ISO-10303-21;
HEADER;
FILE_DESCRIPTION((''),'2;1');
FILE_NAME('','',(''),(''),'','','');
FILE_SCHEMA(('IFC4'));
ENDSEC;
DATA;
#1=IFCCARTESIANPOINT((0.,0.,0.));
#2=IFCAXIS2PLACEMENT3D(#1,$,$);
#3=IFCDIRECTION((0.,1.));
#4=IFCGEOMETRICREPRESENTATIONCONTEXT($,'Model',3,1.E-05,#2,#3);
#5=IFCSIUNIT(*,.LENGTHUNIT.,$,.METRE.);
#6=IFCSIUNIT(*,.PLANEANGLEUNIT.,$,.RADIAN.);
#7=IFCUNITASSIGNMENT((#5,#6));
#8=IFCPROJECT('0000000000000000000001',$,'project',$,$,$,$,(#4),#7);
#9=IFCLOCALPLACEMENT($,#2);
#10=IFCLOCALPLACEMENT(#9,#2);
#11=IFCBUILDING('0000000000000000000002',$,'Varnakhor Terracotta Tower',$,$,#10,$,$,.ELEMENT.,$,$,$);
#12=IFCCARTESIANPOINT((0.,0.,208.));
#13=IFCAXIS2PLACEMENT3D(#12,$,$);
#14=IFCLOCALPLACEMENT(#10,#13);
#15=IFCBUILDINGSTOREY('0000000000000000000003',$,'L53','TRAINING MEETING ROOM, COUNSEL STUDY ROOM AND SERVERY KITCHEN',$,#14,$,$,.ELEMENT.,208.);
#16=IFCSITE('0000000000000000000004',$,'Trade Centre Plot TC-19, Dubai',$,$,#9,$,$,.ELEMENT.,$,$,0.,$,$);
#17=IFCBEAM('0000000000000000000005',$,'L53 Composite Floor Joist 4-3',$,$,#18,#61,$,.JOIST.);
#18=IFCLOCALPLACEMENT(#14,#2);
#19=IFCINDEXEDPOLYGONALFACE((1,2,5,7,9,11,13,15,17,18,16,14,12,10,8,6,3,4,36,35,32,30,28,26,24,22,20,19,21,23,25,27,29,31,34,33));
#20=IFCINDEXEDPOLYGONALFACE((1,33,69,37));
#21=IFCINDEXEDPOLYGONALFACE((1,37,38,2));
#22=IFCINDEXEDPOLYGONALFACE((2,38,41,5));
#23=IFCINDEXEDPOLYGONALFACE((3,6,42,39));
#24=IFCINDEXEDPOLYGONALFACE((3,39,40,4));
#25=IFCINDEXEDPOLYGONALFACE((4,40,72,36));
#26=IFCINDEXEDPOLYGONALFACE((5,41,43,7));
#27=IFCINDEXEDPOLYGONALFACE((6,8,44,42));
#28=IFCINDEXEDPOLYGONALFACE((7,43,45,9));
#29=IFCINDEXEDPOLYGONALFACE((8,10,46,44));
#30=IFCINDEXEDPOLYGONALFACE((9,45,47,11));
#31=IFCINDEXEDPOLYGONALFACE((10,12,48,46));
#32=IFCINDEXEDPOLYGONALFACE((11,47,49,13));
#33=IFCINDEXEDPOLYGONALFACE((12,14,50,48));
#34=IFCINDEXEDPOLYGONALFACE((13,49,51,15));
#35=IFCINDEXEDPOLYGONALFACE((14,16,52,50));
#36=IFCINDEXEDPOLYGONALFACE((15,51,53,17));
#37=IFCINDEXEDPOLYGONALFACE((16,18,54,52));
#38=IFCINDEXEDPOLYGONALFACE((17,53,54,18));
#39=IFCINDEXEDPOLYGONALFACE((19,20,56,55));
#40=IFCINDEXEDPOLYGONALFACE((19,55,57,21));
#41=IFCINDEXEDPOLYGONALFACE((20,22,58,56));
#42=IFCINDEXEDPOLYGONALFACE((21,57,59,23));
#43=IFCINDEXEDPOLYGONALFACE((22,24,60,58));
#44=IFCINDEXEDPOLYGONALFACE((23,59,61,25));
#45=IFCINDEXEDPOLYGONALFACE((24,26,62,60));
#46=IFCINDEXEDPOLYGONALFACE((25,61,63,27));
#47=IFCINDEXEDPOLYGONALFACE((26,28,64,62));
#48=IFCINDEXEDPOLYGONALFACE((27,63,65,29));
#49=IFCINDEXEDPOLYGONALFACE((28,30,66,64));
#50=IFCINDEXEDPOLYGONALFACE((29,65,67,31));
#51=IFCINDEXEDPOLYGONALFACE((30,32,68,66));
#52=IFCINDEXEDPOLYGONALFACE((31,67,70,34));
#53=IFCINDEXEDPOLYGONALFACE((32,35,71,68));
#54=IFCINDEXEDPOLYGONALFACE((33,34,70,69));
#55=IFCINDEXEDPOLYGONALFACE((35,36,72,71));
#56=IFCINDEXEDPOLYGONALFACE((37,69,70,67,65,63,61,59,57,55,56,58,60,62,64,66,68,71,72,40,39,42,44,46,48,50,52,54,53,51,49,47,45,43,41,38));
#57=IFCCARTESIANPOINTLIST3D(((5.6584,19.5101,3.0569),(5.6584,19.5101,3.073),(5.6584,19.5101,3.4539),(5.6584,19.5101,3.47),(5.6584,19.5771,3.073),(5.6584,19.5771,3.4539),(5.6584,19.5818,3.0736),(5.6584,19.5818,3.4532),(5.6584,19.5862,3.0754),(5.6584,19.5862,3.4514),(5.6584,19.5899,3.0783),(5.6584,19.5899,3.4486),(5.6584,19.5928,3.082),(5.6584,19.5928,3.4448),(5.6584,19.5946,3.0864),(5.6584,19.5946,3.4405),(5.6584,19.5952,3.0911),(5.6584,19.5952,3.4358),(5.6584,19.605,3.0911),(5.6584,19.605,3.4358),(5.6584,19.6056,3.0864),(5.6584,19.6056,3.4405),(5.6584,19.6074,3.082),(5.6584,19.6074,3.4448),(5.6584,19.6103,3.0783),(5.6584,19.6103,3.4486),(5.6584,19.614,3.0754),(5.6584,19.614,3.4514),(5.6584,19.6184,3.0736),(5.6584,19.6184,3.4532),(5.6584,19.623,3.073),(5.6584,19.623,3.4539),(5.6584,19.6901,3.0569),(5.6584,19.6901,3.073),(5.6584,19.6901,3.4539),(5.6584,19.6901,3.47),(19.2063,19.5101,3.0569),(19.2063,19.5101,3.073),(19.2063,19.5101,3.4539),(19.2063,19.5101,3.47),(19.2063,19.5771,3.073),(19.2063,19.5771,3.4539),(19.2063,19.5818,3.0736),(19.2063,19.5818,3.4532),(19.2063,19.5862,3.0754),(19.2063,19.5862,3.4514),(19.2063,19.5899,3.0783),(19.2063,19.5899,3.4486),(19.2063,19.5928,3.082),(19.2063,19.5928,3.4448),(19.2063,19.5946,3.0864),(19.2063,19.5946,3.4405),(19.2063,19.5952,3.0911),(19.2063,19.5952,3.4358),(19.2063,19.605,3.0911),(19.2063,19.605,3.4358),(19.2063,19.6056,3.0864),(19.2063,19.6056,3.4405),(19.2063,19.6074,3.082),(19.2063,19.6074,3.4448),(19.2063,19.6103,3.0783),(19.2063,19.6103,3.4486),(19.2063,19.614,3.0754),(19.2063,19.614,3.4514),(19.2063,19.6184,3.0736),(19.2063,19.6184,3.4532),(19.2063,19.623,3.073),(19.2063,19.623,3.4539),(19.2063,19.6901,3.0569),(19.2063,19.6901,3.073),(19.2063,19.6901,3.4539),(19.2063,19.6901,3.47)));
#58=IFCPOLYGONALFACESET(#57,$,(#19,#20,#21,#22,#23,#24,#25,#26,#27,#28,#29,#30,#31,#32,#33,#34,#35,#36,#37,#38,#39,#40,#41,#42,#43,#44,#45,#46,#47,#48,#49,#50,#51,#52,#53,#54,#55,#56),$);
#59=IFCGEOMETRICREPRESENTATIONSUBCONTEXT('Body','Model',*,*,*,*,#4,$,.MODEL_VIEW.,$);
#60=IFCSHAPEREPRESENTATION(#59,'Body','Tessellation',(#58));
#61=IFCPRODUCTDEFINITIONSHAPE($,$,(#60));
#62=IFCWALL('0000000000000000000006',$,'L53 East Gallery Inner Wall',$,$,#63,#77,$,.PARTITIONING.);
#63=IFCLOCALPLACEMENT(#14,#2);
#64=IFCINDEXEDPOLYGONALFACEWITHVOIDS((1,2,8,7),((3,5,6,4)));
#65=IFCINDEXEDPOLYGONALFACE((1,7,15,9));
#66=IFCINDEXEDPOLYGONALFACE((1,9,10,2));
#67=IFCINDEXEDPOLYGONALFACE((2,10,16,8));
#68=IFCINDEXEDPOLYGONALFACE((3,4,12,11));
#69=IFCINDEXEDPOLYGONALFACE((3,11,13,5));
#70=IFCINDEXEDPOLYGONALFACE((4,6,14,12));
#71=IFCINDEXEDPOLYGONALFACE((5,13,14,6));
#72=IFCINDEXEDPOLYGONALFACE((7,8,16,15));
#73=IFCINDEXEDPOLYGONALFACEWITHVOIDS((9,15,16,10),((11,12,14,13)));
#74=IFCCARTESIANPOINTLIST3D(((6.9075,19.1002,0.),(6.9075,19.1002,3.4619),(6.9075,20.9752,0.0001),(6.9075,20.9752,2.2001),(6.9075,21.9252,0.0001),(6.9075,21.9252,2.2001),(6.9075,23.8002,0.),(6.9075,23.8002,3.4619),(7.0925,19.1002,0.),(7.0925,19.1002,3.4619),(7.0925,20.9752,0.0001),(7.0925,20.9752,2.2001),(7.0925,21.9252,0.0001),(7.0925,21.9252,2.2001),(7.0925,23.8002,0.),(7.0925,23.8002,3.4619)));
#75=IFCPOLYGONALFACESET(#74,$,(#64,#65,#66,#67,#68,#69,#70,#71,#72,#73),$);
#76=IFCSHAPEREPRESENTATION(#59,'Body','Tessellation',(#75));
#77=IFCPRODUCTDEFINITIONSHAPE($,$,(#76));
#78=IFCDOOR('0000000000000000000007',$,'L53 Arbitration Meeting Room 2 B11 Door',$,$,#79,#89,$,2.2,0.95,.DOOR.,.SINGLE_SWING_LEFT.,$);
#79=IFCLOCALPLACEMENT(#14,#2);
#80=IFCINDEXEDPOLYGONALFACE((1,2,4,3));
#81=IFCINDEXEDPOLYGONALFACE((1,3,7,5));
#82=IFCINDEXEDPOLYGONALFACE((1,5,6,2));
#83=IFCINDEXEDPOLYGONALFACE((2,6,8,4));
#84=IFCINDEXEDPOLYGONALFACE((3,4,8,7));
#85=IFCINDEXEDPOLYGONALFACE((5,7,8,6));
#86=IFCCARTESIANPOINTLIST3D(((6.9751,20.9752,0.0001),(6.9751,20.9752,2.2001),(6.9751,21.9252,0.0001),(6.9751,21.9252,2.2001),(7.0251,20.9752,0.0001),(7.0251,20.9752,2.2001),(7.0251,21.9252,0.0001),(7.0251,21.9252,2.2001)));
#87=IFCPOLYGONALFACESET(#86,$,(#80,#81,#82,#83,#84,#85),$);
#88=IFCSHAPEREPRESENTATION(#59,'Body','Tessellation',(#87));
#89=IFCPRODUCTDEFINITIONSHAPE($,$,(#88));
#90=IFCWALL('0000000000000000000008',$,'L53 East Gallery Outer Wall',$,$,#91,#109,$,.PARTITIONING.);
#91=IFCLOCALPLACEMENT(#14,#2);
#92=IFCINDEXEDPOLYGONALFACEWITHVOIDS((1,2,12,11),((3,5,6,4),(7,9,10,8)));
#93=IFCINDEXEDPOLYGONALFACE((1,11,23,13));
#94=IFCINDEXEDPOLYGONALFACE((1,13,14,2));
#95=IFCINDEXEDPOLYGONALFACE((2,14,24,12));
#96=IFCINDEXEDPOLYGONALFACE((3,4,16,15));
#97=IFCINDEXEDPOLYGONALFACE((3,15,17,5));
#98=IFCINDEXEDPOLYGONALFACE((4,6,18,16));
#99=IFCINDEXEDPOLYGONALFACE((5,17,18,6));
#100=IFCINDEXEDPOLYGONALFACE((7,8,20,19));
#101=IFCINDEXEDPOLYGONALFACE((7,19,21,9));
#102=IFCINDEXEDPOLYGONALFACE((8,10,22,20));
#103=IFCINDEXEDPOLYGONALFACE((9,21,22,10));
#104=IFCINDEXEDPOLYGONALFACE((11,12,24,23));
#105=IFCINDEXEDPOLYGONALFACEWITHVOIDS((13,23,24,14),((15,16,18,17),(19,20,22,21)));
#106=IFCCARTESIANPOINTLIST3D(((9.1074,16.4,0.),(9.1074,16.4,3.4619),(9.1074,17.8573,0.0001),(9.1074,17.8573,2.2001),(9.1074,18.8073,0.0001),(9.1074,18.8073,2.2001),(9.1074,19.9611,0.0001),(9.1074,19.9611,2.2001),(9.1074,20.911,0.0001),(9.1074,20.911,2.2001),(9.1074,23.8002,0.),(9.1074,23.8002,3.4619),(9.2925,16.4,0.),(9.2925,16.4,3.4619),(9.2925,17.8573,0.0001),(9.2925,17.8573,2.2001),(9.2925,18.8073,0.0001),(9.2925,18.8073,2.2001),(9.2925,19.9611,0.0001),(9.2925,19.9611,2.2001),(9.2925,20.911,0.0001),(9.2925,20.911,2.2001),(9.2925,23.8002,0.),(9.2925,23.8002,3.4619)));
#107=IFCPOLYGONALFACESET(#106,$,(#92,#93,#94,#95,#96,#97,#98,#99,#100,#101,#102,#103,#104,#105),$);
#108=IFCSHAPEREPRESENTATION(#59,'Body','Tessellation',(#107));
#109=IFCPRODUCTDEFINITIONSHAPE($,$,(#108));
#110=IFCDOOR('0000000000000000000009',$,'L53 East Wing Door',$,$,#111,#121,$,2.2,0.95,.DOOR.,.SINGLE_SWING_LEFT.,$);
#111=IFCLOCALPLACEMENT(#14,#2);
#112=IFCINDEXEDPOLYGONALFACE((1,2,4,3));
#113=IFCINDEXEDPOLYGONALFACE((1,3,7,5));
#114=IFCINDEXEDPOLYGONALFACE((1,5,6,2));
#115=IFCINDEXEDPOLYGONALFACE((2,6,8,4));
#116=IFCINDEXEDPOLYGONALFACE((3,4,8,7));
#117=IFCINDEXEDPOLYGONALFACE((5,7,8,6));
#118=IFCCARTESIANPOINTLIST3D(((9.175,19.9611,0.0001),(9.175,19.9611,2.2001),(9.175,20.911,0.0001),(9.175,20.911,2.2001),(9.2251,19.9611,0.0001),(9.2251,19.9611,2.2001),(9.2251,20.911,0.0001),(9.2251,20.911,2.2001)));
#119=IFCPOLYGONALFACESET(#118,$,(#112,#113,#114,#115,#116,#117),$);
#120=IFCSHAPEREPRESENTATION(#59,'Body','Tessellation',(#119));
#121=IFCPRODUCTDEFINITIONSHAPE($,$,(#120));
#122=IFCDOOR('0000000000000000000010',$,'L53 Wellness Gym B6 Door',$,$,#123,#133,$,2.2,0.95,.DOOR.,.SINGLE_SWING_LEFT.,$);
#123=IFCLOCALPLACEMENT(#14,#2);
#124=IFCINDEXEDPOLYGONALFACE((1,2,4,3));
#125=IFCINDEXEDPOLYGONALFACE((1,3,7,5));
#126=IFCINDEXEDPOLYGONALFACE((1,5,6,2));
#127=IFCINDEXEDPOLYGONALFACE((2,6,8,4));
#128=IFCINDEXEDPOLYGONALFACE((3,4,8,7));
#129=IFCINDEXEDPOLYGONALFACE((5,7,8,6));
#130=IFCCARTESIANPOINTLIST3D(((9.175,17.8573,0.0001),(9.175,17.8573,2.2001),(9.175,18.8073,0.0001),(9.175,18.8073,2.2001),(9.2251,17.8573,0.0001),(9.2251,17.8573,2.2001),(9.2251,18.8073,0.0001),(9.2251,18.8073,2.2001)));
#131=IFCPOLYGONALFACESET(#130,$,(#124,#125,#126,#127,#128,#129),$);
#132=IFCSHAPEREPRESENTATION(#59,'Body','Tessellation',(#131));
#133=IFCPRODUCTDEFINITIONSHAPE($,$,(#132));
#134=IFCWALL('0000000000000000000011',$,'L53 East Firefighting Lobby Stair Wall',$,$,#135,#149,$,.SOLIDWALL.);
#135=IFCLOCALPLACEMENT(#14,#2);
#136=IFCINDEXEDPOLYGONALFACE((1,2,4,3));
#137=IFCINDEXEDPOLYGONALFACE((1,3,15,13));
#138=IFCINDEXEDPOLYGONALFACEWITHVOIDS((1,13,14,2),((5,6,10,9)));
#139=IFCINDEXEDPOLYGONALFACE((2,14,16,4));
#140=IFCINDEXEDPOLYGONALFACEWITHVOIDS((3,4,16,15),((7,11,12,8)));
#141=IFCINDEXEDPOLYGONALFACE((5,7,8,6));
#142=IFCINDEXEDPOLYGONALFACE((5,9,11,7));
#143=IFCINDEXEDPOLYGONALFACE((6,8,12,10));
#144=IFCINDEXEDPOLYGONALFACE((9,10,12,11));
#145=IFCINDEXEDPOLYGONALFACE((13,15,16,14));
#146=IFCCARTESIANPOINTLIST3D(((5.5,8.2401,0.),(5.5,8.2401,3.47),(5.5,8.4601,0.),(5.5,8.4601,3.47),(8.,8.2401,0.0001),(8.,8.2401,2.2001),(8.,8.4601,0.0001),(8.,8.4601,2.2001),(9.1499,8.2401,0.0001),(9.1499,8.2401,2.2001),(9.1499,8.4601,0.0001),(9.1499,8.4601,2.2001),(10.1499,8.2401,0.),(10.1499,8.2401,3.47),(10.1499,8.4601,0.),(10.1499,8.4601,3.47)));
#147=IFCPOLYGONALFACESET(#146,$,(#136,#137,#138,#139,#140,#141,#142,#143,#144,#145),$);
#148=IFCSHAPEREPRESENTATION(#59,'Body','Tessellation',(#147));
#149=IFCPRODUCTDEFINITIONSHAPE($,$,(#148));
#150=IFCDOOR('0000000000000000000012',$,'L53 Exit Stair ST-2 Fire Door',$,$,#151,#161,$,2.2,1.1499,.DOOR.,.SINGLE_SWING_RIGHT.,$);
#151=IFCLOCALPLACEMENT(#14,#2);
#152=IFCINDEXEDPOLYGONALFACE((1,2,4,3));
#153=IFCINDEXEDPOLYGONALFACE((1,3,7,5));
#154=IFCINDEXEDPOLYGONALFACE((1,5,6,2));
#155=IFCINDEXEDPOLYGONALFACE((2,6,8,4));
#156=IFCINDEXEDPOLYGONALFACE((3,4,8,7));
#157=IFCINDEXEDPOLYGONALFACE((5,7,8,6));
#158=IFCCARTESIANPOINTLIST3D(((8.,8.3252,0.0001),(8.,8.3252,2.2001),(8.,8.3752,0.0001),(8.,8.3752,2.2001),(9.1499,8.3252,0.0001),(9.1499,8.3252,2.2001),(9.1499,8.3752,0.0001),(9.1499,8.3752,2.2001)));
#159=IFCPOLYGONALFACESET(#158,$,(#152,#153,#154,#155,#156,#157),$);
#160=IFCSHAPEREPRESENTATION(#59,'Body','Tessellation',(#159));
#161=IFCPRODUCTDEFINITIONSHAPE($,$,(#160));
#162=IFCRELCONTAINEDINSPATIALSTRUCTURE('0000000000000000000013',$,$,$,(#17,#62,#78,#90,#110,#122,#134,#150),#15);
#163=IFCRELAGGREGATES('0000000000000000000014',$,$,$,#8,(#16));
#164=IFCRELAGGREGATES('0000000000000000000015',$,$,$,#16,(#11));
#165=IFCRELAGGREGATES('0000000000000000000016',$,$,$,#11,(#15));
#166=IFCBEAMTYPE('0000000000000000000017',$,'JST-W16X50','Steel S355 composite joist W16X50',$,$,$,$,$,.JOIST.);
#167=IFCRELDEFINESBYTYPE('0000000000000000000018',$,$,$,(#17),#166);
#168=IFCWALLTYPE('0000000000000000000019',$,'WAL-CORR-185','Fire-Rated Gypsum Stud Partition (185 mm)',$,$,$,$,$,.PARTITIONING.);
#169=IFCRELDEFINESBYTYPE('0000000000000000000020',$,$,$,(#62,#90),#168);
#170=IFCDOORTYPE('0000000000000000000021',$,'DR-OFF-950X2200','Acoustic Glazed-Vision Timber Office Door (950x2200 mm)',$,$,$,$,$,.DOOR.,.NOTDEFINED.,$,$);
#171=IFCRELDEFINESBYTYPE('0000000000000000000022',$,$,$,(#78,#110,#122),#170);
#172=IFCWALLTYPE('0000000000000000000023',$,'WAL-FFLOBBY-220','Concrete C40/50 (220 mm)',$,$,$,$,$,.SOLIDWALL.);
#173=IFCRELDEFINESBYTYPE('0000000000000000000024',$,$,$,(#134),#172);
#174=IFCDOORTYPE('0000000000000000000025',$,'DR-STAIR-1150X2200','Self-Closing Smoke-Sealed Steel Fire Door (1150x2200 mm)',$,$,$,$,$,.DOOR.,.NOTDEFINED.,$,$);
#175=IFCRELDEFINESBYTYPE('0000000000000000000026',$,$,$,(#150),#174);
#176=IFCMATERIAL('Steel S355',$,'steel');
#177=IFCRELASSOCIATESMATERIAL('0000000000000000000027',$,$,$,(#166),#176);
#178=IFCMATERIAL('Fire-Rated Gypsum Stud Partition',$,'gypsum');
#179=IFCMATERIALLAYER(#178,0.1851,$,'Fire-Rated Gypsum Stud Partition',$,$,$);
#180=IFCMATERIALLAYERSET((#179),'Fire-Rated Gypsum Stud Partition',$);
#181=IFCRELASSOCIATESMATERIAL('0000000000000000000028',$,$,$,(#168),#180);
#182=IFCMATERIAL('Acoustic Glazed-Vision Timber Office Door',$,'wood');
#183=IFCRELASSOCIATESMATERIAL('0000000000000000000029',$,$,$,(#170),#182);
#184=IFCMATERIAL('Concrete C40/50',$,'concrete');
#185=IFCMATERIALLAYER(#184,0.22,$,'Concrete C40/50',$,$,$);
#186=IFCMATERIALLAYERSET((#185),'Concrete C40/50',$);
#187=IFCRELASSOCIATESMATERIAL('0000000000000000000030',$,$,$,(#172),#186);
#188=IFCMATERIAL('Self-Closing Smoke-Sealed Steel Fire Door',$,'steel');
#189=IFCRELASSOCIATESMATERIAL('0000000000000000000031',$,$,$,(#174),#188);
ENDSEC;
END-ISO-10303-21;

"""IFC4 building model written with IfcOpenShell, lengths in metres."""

from ifc_helpers import new_model, si_unit, direction, frame, frame_2d, origin, origin_2d, place, context, subcontext, project, spatial, rectangle, i_section, extrude, source, transform, mapped, material, layer, layer_set, material_profile, profile_set, type_object, type_shapes, element, fill, save


model = new_model("IFC4")

# Units and contexts
model_context = context("Model", 3, precision=1e-05, world=origin(), true_north=direction((0.0, 1.0)))
body_context = subcontext(model_context, "Body", "Model", "MODEL_VIEW")
ifc_project = project(units=[si_unit("LENGTHUNIT", "METRE"), si_unit("PLANEANGLEUNIT", "RADIAN")], contexts=[model_context])

# Site, building, storey
site_placement = place(None, origin())
site = spatial("IfcSite", under=ifc_project, at=site_placement, Name="Trade Centre Plot TC-19, Dubai", CompositionType="ELEMENT", RefElevation=0.0)
building_placement = place(site_placement, origin())
building = spatial("IfcBuilding", under=site, at=building_placement, Name="Varnakhor Terracotta Tower", CompositionType="ELEMENT")
storey_placement = place(building_placement, frame((0.0, 0.0, 208.0)))
storey = spatial("IfcBuildingStorey", under=building, at=storey_placement, Name="L53", Description="TRAINING MEETING ROOM, COUNSEL STUDY ROOM AND SERVERY KITCHEN", CompositionType="ELEMENT", Elevation=208.0)

# Beam
ifc_material_1 = material(Name="Steel S355", Category="steel")
ifc_material_profile_1 = material_profile(ifc_material_1, i_section(OverallWidth=0.1799, OverallDepth=0.4131, WebThickness=0.0098, FlangeThickness=0.0161, FilletRadius=0.0181, at=origin_2d()), Name="W16X50")
ifc_profile_set_1 = profile_set([ifc_material_profile_1], Name="Steel S355")
beam_type_1 = type_object("IfcBeamType", Name="JST-W16X50", Description="Steel S355 composite joist W16X50", PredefinedType="JOIST", material=ifc_profile_set_1)
shared_shape_1 = source(origin(), body_context, "Body", "SweptSolid", [
    extrude(i_section(OverallWidth=0.1799, OverallDepth=0.4131, WebThickness=0.0098, FlangeThickness=0.0161, FilletRadius=0.0181, at=origin_2d()), origin(), (0.0, 0.0, 1.0), 13.5479),
])
beam_1_placement = place(storey_placement, frame((5.6584, 19.6001, 3.2634), z_axis=(1.0, 0.0, 0.0), x_axis=(0.0, 1.0, 0.0)))
element("IfcBeam", 1, at=beam_1_placement, inside=storey, type_object=beam_type_1, Name="L53 Composite Floor Joist 4-3", PredefinedType="JOIST", context=body_context, shape_type="MappedRepresentation", body=[
    mapped(shared_shape_1, transform((0.0, 0.0, 0.0), scale=1.0)),
])

# Wall, opening, door
ifc_material_2 = material(Name="Fire-Rated Gypsum Stud Partition", Category="gypsum")
ifc_layer_1 = layer(ifc_material_2, 0.1851, Name="Fire-Rated Gypsum Stud Partition")
ifc_layer_set_1 = layer_set([ifc_layer_1], Name="Fire-Rated Gypsum Stud Partition")
wall_type_1 = type_object("IfcWallType", Name="WAL-CORR-185", Description="Fire-Rated Gypsum Stud Partition (185 mm)", PredefinedType="PARTITIONING", material=ifc_layer_set_1)
wall_1_placement = place(storey_placement, frame((7.0, 19.1001, 0.0), z_axis=(0.0, 0.0, 1.0), x_axis=(0.0, 1.0, 0.0)))
wall_1 = element("IfcWall", 2, at=wall_1_placement, inside=storey, type_object=wall_type_1, Name="L53 East Gallery Inner Wall", PredefinedType="PARTITIONING", context=body_context, shape_type="SweptSolid", body=[
    extrude(rectangle(XDim=4.7, YDim=0.1851, at=frame_2d((2.3501, 0.0))), origin(), (0.0, 0.0, 1.0), 3.4619),
])
opening_1_placement = place(wall_1_placement, frame((1.875, 0.0, 0.0)))
opening_1 = element("IfcOpeningElement", 3, at=opening_1_placement, cuts=wall_1, PredefinedType="OPENING", context=body_context, shape_type="SweptSolid", body=[
    extrude(rectangle(XDim=0.95, YDim=2.2, at=frame_2d((0.4751, 1.1001))), frame((0.0, 0.1025, 0.0), z_axis=(0.0, -1.0, 0.0), x_axis=(1.0, 0.0, 0.0)), (0.0, 0.0, 1.0), 0.2051),
])
ifc_material_3 = material(Name="Acoustic Glazed-Vision Timber Office Door", Category="wood")
door_type_1 = type_object("IfcDoorType", Name="DR-OFF-950X2200", Description="Acoustic Glazed-Vision Timber Office Door (950x2200 mm)", OperationType="NOTDEFINED", PredefinedType="DOOR", material=ifc_material_3)
shared_shape_2 = source(origin(), body_context, "Body", "SweptSolid", [
    extrude(rectangle(XDim=0.95, YDim=2.2, at=frame_2d((0.4751, 1.1001))), frame((0.0, 0.0249, 0.0), z_axis=(0.0, -1.0, 0.0), x_axis=(1.0, 0.0, 0.0)), (0.0, 0.0, 1.0), 0.05),
])
type_shapes(door_type_1, [shared_shape_2])
door_1_placement = place(opening_1_placement, origin())
door_1 = element("IfcDoor", 4, at=door_1_placement, inside=storey, type_object=door_type_1, Name="L53 Arbitration Meeting Room 2 B11 Door", OperationType="SINGLE_SWING_LEFT", OverallHeight=2.2, OverallWidth=0.95, PredefinedType="DOOR", context=body_context, shape_type="MappedRepresentation", body=[
    mapped(shared_shape_2, transform((0.0, 0.0, 0.0), scale=1.0)),
])
fill(opening_1, door_1)

# Wall, openings, doors
wall_2_placement = place(storey_placement, frame((9.2, 16.3999, 0.0), z_axis=(0.0, 0.0, 1.0), x_axis=(0.0, 1.0, 0.0)))
wall_2 = element("IfcWall", 5, at=wall_2_placement, inside=storey, type_object=wall_type_1, Name="L53 East Gallery Outer Wall", PredefinedType="PARTITIONING", context=body_context, shape_type="SweptSolid", body=[
    extrude(rectangle(XDim=7.4001, YDim=0.1851, at=frame_2d((3.7002, 0.0))), origin(), (0.0, 0.0, 1.0), 3.4619),
])
opening_2_placement = place(wall_2_placement, frame((3.561, 0.0, 0.0)))
opening_2 = element("IfcOpeningElement", 6, at=opening_2_placement, cuts=wall_2, PredefinedType="OPENING", context=body_context, shape_type="SweptSolid", body=[
    extrude(rectangle(XDim=0.95, YDim=2.2, at=frame_2d((0.4751, 1.1001))), frame((0.0, 0.1025, 0.0), z_axis=(0.0, -1.0, 0.0), x_axis=(1.0, 0.0, 0.0)), (0.0, 0.0, 1.0), 0.2051),
])
opening_3_placement = place(wall_2_placement, frame((1.4573, 0.0, 0.0)))
opening_3 = element("IfcOpeningElement", 7, at=opening_3_placement, cuts=wall_2, PredefinedType="OPENING", context=body_context, shape_type="SweptSolid", body=[
    extrude(rectangle(XDim=0.95, YDim=2.2, at=frame_2d((0.4751, 1.1001))), frame((0.0, 0.1025, 0.0), z_axis=(0.0, -1.0, 0.0), x_axis=(1.0, 0.0, 0.0)), (0.0, 0.0, 1.0), 0.2051),
])
door_2_placement = place(opening_2_placement, origin())
door_2 = element("IfcDoor", 8, at=door_2_placement, inside=storey, type_object=door_type_1, Name="L53 East Wing Door", OperationType="SINGLE_SWING_LEFT", OverallHeight=2.2, OverallWidth=0.95, PredefinedType="DOOR", context=body_context, shape_type="MappedRepresentation", body=[
    mapped(shared_shape_2, transform((0.0, 0.0, 0.0), scale=1.0)),
])
fill(opening_2, door_2)
door_3_placement = place(opening_3_placement, origin())
door_3 = element("IfcDoor", 9, at=door_3_placement, inside=storey, type_object=door_type_1, Name="L53 Wellness Gym B6 Door", OperationType="SINGLE_SWING_LEFT", OverallHeight=2.2, OverallWidth=0.95, PredefinedType="DOOR", context=body_context, shape_type="MappedRepresentation", body=[
    mapped(shared_shape_2, transform((0.0, 0.0, 0.0), scale=1.0)),
])
fill(opening_3, door_3)

# Wall, opening, door
ifc_material_4 = material(Name="Concrete C40/50", Category="concrete")
ifc_layer_2 = layer(ifc_material_4, 0.22, Name="Concrete C40/50")
ifc_layer_set_2 = layer_set([ifc_layer_2], Name="Concrete C40/50")
wall_type_2 = type_object("IfcWallType", Name="WAL-FFLOBBY-220", Description="Concrete C40/50 (220 mm)", PredefinedType="SOLIDWALL", material=ifc_layer_set_2)
wall_3_placement = place(storey_placement, frame((10.1499, 8.3501, 0.0), z_axis=(0.0, 0.0, 1.0), x_axis=(-1.0, 0.0, 0.0)))
wall_3 = element("IfcWall", 10, at=wall_3_placement, inside=storey, type_object=wall_type_2, Name="L53 East Firefighting Lobby Stair Wall", PredefinedType="SOLIDWALL", context=body_context, shape_type="SweptSolid", body=[
    extrude(rectangle(XDim=4.6499, YDim=0.22, at=frame_2d((2.325, 0.0))), origin(), (0.0, 0.0, 1.0), 3.47),
])
opening_4_placement = place(wall_3_placement, frame((1.0, 0.0, 0.0)))
opening_4 = element("IfcOpeningElement", 11, at=opening_4_placement, cuts=wall_3, PredefinedType="OPENING", context=body_context, shape_type="SweptSolid", body=[
    extrude(rectangle(XDim=1.1499, YDim=2.2, at=frame_2d((0.575, 1.1001))), frame((0.0, 0.1201, 0.0), z_axis=(0.0, -1.0, 0.0), x_axis=(1.0, 0.0, 0.0)), (0.0, 0.0, 1.0), 0.24),
])
ifc_material_5 = material(Name="Self-Closing Smoke-Sealed Steel Fire Door", Category="steel")
door_type_2 = type_object("IfcDoorType", Name="DR-STAIR-1150X2200", Description="Self-Closing Smoke-Sealed Steel Fire Door (1150x2200 mm)", OperationType="NOTDEFINED", PredefinedType="DOOR", material=ifc_material_5)
shared_shape_3 = source(origin(), body_context, "Body", "SweptSolid", [
    extrude(rectangle(XDim=1.1499, YDim=2.2, at=frame_2d((0.575, 1.1001))), frame((0.0, 0.0249, 0.0), z_axis=(0.0, -1.0, 0.0), x_axis=(1.0, 0.0, 0.0)), (0.0, 0.0, 1.0), 0.05),
])
type_shapes(door_type_2, [shared_shape_3])
door_4_placement = place(opening_4_placement, origin())
door_4 = element("IfcDoor", 12, at=door_4_placement, inside=storey, type_object=door_type_2, Name="L53 Exit Stair ST-2 Fire Door", OperationType="SINGLE_SWING_RIGHT", OverallHeight=2.2, OverallWidth=1.1499, PredefinedType="DOOR", context=body_context, shape_type="MappedRepresentation", body=[
    mapped(shared_shape_3, transform((0.0, 0.0, 0.0), scale=1.0)),
])
fill(opening_4, door_4)

save(model, "model.ifc")
